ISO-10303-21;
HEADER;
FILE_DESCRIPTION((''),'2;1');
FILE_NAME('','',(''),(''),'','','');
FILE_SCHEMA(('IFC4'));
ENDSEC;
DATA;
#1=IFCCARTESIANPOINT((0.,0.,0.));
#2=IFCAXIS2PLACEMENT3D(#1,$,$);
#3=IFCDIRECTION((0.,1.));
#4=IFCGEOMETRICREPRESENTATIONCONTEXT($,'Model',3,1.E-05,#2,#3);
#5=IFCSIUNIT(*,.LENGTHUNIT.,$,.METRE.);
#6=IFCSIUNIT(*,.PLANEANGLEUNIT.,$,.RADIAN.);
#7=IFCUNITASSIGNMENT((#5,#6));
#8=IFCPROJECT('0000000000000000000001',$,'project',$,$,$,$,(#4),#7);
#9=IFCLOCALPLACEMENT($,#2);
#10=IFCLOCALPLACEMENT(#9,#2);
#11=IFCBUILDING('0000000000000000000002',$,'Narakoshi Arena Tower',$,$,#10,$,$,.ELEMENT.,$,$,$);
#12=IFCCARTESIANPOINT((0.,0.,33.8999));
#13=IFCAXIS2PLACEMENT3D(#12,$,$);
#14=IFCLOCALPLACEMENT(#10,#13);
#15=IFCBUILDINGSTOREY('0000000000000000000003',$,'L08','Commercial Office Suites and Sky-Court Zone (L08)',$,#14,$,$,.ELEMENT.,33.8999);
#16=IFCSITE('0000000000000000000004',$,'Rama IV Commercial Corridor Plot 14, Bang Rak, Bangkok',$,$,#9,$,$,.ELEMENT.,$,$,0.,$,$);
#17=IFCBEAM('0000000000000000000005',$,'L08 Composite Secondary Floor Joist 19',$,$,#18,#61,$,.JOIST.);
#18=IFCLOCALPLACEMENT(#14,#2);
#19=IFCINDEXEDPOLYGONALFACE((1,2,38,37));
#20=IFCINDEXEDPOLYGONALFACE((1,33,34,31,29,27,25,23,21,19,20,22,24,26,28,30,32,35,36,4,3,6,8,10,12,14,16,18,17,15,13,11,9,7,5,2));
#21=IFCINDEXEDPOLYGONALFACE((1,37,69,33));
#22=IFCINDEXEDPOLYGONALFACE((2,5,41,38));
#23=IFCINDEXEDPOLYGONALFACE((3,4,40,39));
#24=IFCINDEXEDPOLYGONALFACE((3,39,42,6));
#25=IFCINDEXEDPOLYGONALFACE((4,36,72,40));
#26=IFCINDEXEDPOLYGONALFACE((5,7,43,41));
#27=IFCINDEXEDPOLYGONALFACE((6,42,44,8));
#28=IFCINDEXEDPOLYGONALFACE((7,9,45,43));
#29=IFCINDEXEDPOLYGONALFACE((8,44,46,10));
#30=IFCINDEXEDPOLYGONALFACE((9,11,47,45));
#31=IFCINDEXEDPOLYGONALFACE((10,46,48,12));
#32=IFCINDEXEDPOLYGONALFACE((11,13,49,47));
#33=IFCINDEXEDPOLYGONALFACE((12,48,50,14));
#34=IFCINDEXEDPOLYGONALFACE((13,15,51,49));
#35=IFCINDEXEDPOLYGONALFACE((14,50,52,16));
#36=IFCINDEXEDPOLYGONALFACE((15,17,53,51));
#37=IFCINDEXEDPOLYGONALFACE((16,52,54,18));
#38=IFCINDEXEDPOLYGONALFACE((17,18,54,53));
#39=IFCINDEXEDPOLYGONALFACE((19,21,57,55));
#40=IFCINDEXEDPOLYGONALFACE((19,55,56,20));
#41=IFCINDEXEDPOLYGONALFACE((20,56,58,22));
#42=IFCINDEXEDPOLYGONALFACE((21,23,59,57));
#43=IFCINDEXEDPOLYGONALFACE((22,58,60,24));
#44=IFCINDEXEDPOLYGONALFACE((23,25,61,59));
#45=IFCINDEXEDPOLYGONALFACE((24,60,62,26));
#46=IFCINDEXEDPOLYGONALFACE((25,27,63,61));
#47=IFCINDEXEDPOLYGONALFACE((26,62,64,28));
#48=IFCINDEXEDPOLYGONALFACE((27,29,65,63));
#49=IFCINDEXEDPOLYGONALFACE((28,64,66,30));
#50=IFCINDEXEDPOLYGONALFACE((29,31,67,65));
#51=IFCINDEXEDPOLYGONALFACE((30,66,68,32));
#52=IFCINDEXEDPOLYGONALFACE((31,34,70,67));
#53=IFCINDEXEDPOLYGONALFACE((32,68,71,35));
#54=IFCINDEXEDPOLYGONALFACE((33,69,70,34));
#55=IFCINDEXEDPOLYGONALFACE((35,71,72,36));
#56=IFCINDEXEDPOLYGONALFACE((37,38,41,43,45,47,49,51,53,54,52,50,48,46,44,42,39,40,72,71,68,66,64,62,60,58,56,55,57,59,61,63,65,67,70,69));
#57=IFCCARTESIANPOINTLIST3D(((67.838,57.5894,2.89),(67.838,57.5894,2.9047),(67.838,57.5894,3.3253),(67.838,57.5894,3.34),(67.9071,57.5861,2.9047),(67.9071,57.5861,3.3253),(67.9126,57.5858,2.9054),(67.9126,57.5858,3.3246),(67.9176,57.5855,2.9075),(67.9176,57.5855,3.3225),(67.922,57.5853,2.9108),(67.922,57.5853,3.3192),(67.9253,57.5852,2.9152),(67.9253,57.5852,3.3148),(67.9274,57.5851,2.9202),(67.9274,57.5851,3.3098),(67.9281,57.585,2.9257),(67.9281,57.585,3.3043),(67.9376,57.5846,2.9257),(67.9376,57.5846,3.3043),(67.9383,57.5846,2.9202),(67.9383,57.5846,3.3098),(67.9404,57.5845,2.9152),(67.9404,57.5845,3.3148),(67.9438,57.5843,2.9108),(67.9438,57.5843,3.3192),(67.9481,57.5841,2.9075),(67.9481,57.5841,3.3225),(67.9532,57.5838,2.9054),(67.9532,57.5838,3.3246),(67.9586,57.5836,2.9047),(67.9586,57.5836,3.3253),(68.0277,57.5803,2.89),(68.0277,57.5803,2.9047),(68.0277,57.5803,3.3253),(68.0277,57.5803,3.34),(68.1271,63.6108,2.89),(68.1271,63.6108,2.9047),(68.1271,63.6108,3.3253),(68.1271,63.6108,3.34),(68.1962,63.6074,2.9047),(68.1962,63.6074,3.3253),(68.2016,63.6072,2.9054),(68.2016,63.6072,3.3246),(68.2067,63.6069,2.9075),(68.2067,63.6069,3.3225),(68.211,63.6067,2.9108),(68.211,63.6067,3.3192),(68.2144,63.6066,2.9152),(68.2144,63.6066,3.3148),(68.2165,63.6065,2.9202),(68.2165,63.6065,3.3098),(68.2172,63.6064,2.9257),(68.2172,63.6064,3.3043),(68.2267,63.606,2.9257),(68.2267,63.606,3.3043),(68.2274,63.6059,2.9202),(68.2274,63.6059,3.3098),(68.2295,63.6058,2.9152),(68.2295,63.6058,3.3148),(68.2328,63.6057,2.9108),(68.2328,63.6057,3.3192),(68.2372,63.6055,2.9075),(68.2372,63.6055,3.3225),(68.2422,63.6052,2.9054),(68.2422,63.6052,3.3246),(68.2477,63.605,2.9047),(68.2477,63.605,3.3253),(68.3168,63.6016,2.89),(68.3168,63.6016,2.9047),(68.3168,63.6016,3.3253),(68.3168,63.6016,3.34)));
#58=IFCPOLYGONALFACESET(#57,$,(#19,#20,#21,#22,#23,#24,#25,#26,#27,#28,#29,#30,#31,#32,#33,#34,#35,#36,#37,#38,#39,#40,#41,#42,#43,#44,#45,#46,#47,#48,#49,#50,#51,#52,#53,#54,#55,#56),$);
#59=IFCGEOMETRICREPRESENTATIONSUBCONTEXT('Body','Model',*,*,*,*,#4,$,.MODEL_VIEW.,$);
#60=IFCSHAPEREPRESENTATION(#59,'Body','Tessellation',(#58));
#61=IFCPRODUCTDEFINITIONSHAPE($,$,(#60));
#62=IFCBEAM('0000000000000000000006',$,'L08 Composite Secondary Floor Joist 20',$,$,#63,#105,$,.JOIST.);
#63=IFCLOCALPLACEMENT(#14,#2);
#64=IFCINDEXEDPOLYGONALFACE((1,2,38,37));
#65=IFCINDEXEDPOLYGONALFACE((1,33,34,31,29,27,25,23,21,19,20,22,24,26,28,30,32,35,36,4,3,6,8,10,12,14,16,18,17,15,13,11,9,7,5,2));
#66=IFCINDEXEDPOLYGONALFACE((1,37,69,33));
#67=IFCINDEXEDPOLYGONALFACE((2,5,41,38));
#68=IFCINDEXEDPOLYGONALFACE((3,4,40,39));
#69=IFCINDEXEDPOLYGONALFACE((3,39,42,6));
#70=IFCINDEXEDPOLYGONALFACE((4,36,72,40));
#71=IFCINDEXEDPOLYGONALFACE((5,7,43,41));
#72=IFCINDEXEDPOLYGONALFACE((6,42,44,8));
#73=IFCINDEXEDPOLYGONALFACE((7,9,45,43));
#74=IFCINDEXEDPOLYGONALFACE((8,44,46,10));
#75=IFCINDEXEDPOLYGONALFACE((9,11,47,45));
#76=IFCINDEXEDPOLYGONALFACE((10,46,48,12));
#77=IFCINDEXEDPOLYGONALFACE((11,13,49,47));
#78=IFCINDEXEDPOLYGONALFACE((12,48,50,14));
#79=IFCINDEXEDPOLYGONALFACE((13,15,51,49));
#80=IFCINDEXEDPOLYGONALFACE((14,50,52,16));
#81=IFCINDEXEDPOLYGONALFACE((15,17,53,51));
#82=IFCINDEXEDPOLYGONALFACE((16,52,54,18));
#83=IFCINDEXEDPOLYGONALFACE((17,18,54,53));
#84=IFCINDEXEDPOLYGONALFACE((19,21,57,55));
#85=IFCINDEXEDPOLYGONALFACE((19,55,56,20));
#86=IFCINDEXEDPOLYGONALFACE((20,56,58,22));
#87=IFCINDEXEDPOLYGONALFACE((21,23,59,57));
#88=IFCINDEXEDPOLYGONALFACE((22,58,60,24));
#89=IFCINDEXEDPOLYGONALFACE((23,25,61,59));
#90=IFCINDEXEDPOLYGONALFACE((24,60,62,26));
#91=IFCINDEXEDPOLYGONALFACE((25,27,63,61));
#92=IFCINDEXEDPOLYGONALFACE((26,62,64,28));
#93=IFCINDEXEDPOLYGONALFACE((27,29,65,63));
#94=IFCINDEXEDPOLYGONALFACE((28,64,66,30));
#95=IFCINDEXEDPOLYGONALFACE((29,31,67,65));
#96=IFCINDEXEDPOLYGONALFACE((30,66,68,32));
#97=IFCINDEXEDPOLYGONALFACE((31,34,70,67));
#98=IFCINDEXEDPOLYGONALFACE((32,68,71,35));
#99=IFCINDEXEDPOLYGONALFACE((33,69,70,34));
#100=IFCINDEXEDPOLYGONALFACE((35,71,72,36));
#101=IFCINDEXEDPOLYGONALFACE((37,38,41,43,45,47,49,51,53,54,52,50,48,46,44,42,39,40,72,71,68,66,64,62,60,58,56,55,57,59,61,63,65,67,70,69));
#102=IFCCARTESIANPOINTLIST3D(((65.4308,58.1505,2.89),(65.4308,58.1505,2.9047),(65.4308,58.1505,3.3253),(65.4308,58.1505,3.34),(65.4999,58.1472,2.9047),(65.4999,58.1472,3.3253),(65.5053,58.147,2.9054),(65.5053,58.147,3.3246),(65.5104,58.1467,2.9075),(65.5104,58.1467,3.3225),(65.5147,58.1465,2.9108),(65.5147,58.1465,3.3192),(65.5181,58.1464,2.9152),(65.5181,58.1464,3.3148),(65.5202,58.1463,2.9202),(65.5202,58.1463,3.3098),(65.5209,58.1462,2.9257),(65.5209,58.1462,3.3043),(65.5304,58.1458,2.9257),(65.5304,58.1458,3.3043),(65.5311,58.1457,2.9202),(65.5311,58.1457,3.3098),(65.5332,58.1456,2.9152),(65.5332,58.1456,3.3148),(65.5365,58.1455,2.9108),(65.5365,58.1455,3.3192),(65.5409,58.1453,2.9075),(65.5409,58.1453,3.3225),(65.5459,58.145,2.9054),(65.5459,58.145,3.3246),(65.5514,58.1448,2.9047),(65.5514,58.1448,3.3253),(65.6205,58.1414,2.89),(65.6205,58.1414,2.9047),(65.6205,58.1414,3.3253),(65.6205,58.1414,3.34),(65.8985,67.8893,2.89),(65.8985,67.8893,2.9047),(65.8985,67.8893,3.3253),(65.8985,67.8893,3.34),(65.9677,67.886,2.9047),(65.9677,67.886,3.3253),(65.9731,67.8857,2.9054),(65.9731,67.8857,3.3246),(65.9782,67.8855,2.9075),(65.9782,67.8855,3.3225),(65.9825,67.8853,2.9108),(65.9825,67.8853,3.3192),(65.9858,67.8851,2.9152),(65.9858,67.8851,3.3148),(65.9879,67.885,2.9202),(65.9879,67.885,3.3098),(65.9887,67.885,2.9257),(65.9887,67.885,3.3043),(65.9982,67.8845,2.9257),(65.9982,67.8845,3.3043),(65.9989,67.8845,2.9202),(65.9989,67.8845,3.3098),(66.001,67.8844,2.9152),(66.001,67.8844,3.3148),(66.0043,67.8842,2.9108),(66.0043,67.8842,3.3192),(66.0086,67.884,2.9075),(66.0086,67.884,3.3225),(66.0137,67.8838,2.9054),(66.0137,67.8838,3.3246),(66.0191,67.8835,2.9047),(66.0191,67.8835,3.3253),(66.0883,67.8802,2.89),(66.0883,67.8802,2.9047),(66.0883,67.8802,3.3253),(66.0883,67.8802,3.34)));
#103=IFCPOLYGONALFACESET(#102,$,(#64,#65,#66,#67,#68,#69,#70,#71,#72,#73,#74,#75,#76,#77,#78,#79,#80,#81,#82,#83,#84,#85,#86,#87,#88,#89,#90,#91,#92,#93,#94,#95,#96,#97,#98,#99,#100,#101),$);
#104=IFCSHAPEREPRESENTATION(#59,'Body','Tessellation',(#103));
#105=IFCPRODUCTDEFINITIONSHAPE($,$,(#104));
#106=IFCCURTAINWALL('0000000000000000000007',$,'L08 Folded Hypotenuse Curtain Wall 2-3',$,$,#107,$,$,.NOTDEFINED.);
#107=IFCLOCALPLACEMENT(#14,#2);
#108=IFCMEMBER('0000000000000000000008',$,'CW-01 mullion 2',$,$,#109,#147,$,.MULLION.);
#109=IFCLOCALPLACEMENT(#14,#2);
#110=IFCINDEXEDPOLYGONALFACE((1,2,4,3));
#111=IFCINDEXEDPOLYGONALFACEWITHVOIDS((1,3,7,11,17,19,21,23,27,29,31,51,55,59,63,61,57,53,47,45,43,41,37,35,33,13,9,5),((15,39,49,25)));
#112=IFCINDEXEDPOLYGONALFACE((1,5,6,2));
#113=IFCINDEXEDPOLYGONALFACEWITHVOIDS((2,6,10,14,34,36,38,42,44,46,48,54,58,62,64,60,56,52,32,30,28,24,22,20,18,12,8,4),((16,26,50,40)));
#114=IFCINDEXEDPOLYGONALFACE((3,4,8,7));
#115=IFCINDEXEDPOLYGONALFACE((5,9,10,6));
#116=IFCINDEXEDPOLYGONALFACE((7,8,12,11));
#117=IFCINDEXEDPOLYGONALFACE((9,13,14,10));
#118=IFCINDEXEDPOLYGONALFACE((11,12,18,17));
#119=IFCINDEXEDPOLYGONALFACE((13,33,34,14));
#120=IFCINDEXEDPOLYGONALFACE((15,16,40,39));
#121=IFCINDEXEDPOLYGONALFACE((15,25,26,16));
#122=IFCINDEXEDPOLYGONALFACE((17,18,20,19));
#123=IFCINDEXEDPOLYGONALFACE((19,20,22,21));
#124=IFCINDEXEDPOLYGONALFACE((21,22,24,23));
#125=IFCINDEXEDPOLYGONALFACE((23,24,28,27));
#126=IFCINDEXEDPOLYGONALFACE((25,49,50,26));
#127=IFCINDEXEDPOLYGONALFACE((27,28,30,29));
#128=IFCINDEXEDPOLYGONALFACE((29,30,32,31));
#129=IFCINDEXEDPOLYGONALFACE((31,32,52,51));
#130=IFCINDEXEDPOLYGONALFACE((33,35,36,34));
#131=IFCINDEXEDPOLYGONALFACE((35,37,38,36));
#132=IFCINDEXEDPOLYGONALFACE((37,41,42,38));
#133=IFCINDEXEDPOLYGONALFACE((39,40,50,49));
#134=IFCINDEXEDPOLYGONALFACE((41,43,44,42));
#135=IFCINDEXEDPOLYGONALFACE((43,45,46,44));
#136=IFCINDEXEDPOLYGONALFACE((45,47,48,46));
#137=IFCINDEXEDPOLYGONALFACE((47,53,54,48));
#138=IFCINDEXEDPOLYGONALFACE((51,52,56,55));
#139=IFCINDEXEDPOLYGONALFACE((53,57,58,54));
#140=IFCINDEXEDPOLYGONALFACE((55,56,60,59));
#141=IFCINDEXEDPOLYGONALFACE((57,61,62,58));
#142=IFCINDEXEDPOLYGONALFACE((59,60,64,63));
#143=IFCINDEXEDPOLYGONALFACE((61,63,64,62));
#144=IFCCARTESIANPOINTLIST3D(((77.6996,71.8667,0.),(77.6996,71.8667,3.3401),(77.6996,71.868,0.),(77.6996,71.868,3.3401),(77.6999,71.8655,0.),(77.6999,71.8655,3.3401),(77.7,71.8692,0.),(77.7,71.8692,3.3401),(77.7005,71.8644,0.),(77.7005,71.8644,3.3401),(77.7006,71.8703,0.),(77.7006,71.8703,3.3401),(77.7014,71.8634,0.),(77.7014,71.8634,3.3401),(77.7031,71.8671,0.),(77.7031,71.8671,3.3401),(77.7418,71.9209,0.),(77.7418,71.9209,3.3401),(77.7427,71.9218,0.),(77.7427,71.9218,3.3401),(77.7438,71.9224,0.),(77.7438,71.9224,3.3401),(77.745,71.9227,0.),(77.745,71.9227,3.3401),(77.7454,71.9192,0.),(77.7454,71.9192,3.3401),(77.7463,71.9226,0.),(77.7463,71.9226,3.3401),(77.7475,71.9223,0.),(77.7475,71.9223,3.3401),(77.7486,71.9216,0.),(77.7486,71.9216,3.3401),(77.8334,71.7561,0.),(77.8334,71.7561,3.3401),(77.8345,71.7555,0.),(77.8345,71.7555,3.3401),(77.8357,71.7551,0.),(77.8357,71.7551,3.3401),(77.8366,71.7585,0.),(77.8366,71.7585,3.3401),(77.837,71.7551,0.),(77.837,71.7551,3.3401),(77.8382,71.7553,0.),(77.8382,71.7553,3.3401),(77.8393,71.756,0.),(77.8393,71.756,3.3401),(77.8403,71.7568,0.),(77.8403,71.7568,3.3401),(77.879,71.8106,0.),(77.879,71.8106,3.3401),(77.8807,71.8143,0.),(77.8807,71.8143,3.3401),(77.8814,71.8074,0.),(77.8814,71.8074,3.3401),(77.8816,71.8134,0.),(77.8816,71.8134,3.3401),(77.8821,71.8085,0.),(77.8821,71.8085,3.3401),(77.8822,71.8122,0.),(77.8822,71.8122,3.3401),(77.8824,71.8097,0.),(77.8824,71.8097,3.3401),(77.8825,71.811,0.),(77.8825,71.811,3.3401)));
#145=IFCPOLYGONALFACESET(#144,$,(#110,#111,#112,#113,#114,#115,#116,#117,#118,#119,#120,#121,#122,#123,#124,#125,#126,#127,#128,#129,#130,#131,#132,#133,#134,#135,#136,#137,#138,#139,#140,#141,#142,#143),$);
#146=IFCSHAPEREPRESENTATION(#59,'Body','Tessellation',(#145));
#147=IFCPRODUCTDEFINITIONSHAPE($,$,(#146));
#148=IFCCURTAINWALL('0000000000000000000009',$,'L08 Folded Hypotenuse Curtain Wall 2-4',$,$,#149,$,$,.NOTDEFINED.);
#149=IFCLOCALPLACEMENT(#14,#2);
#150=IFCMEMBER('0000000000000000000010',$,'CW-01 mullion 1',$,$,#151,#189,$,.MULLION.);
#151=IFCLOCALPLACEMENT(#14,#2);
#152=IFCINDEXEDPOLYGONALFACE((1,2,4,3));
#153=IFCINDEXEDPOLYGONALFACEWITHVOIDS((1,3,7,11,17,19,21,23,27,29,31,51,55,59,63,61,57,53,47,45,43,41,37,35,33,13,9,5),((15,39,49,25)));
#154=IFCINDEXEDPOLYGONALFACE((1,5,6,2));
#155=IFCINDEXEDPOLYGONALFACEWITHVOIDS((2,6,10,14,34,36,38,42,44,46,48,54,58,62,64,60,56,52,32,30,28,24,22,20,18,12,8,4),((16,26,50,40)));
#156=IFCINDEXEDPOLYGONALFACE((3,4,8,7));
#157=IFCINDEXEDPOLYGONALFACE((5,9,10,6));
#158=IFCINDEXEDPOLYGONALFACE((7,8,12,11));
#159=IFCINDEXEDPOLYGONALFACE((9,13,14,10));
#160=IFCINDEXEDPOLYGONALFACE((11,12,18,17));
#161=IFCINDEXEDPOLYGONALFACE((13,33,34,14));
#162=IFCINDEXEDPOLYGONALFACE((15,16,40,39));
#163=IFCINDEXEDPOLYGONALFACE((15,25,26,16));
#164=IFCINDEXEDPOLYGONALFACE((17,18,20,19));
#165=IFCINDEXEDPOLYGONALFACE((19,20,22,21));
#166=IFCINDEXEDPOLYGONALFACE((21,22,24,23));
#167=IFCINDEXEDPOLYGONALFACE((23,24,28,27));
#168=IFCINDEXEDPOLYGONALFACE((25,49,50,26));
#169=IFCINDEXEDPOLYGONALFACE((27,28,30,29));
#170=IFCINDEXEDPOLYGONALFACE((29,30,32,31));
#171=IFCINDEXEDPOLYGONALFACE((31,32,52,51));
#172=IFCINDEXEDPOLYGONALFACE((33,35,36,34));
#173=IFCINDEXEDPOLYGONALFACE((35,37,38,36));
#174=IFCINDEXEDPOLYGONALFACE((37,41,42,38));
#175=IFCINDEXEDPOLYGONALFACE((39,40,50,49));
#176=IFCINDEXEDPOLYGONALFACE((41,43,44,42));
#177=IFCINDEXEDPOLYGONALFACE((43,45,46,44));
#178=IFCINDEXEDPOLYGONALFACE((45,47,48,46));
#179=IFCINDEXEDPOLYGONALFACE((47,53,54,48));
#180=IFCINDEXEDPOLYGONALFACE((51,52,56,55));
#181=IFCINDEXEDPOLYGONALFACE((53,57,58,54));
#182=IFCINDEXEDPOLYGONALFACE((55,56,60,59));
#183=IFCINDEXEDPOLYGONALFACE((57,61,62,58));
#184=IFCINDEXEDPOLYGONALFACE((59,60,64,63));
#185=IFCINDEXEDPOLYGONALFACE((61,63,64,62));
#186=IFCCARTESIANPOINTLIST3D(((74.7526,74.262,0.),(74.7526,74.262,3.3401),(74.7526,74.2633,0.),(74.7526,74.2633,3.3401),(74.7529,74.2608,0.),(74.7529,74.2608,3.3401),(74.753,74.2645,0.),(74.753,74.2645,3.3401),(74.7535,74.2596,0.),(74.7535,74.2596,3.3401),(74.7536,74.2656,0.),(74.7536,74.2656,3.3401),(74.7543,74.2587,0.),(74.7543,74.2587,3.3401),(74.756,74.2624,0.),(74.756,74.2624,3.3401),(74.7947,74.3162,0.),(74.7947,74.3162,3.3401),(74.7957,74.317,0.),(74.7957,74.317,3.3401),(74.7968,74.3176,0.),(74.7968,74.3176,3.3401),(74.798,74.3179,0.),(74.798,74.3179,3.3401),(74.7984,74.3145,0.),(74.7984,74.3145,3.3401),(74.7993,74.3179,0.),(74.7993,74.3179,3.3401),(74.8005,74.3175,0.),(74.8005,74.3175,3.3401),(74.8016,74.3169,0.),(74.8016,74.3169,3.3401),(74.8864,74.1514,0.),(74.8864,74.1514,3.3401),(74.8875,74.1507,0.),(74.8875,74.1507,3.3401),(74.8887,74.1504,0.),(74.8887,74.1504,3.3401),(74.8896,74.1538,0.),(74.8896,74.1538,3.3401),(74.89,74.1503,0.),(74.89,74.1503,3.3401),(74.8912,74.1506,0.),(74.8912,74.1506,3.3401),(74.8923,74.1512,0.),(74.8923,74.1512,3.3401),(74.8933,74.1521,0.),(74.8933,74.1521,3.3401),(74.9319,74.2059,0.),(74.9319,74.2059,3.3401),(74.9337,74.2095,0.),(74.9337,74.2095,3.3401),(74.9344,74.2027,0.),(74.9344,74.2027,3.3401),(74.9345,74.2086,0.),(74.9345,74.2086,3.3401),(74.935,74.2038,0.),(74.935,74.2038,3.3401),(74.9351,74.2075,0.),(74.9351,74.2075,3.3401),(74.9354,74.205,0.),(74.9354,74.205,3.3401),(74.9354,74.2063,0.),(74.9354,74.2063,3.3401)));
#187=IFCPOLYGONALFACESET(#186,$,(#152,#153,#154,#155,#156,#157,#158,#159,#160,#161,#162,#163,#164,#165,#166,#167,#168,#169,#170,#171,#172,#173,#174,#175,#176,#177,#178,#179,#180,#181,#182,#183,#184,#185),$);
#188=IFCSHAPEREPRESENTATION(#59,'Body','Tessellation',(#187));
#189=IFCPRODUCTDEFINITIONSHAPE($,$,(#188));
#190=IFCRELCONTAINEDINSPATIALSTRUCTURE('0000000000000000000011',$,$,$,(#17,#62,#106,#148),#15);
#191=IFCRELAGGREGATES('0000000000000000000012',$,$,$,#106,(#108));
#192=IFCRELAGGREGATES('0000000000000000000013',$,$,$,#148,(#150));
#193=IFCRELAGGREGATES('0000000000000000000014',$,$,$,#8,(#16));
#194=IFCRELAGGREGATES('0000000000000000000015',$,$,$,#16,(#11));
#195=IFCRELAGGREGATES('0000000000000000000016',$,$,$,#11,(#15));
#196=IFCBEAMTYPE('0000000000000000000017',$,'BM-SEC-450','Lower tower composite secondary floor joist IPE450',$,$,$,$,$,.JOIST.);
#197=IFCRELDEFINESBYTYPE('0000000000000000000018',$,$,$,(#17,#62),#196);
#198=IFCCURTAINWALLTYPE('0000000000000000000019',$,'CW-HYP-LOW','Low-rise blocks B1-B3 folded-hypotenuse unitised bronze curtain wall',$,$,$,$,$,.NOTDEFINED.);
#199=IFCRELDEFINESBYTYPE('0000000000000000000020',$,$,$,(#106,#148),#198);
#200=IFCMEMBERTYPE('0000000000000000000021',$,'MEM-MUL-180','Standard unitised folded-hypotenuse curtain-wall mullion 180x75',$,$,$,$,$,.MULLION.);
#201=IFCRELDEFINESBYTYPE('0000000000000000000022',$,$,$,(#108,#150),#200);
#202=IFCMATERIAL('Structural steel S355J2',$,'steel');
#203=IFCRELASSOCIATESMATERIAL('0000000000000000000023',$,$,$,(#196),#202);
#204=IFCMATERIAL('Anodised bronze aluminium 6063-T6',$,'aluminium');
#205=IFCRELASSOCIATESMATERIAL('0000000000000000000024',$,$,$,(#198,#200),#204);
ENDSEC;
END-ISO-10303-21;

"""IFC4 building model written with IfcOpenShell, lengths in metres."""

from ifc_helpers import new_model, si_unit, direction, frame, origin, origin_2d, place, context, subcontext, project, spatial, hollow_rectangle, i_section, extrude, material, material_profile, profile_set, type_object, element, aggregate, save


model = new_model("IFC4")

# Units and contexts
model_context = context("Model", 3, precision=1e-05, world=origin(), true_north=direction((0.0, 1.0)))
body_context = subcontext(model_context, "Body", "Model", "MODEL_VIEW")
ifc_project = project(units=[si_unit("LENGTHUNIT", "METRE"), si_unit("PLANEANGLEUNIT", "RADIAN")], contexts=[model_context])

# Site, building, storey
site_placement = place(None, origin())
site = spatial("IfcSite", under=ifc_project, at=site_placement, Name="Rama IV Commercial Corridor Plot 14, Bang Rak, Bangkok", CompositionType="ELEMENT", RefElevation=0.0)
building_placement = place(site_placement, origin())
building = spatial("IfcBuilding", under=site, at=building_placement, Name="Narakoshi Arena Tower", CompositionType="ELEMENT")
storey_placement = place(building_placement, frame((0.0, 0.0, 33.8999)))
storey = spatial("IfcBuildingStorey", under=building, at=storey_placement, Name="L08", Description="Commercial Office Suites and Sky-Court Zone (L08)", CompositionType="ELEMENT", Elevation=33.8999)

# Beams
ifc_material_1 = material(Name="Structural steel S355J2", Category="steel")
ifc_material_profile_1 = material_profile(ifc_material_1, i_section(OverallWidth=0.1899, OverallDepth=0.45, WebThickness=0.0095, FlangeThickness=0.0146, FilletRadius=0.021, at=origin_2d()), Name="IPE450")
ifc_profile_set_1 = profile_set([ifc_material_profile_1], Name="Structural steel S355J2")
beam_type_1 = type_object("IfcBeamType", Name="BM-SEC-450", Description="Lower tower composite secondary floor joist IPE450", PredefinedType="JOIST", material=ifc_profile_set_1)
beam_1_placement = place(storey_placement, frame((68.2219, 63.6062, 3.115), z_axis=(-0.04795, -0.99885, 0.0), x_axis=(0.99885, -0.04795, 0.0)))
element("IfcBeam", 1, at=beam_1_placement, inside=storey, type_object=beam_type_1, Name="L08 Composite Secondary Floor Joist 19", PredefinedType="JOIST", context=body_context, shape_type="SweptSolid", body=[
    extrude(i_section(OverallWidth=0.1899, OverallDepth=0.45, WebThickness=0.0095, FlangeThickness=0.0146, FilletRadius=0.021, at=origin_2d()), origin(), (0.0, 0.0, 1.0), 6.0283),
])
beam_2_placement = place(storey_placement, frame((65.9934, 67.8848, 3.115), z_axis=(-0.047977, -0.998848, 0.0), x_axis=(0.998848, -0.047977, 0.0)))
element("IfcBeam", 2, at=beam_2_placement, inside=storey, type_object=beam_type_1, Name="L08 Composite Secondary Floor Joist 20", PredefinedType="JOIST", context=body_context, shape_type="SweptSolid", body=[
    extrude(i_section(OverallWidth=0.1899, OverallDepth=0.45, WebThickness=0.0095, FlangeThickness=0.0146, FilletRadius=0.021, at=origin_2d()), origin(), (0.0, 0.0, 1.0), 9.75),
])

# Curtain wall, member
ifc_material_2 = material(Name="Anodised bronze aluminium 6063-T6", Category="aluminium")
curtain_wall_type = type_object("IfcCurtainWallType", Name="CW-HYP-LOW", Description="Low-rise blocks B1-B3 folded-hypotenuse unitised bronze curtain wall", PredefinedType="NOTDEFINED", material=ifc_material_2)
curtain_wall_1_placement = place(storey_placement, origin())
curtain_wall_1 = element("IfcCurtainWall", 3, at=curtain_wall_1_placement, inside=storey, type_object=curtain_wall_type, Name="L08 Folded Hypotenuse Curtain Wall 2-3", PredefinedType="NOTDEFINED")
ifc_material_profile_2 = material_profile(ifc_material_2, hollow_rectangle(XDim=0.075, YDim=0.1799, WallThickness=0.0039, OuterFilletRadius=0.0049, at=origin_2d()), Name="MUL180x75x4")
ifc_profile_set_2 = profile_set([ifc_material_profile_2], Name="Anodised bronze aluminium 6063-T6")
member_type_1 = type_object("IfcMemberType", Name="MEM-MUL-180", Description="Standard unitised folded-hypotenuse curtain-wall mullion 180x75", PredefinedType="MULLION", material=ifc_profile_set_2)
member_1_placement = place(storey_placement, frame((77.791, 71.8389, 0.0), z_axis=(0.0, 0.0, 1.0), x_axis=(-0.630723, -0.776008, 0.0)))
member_1 = element("IfcMember", 4, at=member_1_placement, type_object=member_type_1, Name="CW-01 mullion 2", PredefinedType="MULLION", context=body_context, shape_type="SweptSolid", body=[
    extrude(hollow_rectangle(XDim=0.075, YDim=0.1799, WallThickness=0.0039, OuterFilletRadius=0.0049, at=origin_2d()), origin(), (0.0, 0.0, 1.0), 3.3401),
])

# Curtain wall, member
curtain_wall_2_placement = place(storey_placement, origin())
curtain_wall_2 = element("IfcCurtainWall", 5, at=curtain_wall_2_placement, inside=storey, type_object=curtain_wall_type, Name="L08 Folded Hypotenuse Curtain Wall 2-4", PredefinedType="NOTDEFINED")
member_2_placement = place(storey_placement, frame((74.844, 74.2341, 0.0), z_axis=(0.0, 0.0, 1.0), x_axis=(-0.630734, -0.775999, 0.0)))
member_2 = element("IfcMember", 6, at=member_2_placement, type_object=member_type_1, Name="CW-01 mullion 1", PredefinedType="MULLION", context=body_context, shape_type="SweptSolid", body=[
    extrude(hollow_rectangle(XDim=0.075, YDim=0.1799, WallThickness=0.0039, OuterFilletRadius=0.0049, at=origin_2d()), origin(), (0.0, 0.0, 1.0), 3.3401),
])

aggregate(curtain_wall_1, [member_1])
aggregate(curtain_wall_2, [member_2])

save(model, "model.ifc")
